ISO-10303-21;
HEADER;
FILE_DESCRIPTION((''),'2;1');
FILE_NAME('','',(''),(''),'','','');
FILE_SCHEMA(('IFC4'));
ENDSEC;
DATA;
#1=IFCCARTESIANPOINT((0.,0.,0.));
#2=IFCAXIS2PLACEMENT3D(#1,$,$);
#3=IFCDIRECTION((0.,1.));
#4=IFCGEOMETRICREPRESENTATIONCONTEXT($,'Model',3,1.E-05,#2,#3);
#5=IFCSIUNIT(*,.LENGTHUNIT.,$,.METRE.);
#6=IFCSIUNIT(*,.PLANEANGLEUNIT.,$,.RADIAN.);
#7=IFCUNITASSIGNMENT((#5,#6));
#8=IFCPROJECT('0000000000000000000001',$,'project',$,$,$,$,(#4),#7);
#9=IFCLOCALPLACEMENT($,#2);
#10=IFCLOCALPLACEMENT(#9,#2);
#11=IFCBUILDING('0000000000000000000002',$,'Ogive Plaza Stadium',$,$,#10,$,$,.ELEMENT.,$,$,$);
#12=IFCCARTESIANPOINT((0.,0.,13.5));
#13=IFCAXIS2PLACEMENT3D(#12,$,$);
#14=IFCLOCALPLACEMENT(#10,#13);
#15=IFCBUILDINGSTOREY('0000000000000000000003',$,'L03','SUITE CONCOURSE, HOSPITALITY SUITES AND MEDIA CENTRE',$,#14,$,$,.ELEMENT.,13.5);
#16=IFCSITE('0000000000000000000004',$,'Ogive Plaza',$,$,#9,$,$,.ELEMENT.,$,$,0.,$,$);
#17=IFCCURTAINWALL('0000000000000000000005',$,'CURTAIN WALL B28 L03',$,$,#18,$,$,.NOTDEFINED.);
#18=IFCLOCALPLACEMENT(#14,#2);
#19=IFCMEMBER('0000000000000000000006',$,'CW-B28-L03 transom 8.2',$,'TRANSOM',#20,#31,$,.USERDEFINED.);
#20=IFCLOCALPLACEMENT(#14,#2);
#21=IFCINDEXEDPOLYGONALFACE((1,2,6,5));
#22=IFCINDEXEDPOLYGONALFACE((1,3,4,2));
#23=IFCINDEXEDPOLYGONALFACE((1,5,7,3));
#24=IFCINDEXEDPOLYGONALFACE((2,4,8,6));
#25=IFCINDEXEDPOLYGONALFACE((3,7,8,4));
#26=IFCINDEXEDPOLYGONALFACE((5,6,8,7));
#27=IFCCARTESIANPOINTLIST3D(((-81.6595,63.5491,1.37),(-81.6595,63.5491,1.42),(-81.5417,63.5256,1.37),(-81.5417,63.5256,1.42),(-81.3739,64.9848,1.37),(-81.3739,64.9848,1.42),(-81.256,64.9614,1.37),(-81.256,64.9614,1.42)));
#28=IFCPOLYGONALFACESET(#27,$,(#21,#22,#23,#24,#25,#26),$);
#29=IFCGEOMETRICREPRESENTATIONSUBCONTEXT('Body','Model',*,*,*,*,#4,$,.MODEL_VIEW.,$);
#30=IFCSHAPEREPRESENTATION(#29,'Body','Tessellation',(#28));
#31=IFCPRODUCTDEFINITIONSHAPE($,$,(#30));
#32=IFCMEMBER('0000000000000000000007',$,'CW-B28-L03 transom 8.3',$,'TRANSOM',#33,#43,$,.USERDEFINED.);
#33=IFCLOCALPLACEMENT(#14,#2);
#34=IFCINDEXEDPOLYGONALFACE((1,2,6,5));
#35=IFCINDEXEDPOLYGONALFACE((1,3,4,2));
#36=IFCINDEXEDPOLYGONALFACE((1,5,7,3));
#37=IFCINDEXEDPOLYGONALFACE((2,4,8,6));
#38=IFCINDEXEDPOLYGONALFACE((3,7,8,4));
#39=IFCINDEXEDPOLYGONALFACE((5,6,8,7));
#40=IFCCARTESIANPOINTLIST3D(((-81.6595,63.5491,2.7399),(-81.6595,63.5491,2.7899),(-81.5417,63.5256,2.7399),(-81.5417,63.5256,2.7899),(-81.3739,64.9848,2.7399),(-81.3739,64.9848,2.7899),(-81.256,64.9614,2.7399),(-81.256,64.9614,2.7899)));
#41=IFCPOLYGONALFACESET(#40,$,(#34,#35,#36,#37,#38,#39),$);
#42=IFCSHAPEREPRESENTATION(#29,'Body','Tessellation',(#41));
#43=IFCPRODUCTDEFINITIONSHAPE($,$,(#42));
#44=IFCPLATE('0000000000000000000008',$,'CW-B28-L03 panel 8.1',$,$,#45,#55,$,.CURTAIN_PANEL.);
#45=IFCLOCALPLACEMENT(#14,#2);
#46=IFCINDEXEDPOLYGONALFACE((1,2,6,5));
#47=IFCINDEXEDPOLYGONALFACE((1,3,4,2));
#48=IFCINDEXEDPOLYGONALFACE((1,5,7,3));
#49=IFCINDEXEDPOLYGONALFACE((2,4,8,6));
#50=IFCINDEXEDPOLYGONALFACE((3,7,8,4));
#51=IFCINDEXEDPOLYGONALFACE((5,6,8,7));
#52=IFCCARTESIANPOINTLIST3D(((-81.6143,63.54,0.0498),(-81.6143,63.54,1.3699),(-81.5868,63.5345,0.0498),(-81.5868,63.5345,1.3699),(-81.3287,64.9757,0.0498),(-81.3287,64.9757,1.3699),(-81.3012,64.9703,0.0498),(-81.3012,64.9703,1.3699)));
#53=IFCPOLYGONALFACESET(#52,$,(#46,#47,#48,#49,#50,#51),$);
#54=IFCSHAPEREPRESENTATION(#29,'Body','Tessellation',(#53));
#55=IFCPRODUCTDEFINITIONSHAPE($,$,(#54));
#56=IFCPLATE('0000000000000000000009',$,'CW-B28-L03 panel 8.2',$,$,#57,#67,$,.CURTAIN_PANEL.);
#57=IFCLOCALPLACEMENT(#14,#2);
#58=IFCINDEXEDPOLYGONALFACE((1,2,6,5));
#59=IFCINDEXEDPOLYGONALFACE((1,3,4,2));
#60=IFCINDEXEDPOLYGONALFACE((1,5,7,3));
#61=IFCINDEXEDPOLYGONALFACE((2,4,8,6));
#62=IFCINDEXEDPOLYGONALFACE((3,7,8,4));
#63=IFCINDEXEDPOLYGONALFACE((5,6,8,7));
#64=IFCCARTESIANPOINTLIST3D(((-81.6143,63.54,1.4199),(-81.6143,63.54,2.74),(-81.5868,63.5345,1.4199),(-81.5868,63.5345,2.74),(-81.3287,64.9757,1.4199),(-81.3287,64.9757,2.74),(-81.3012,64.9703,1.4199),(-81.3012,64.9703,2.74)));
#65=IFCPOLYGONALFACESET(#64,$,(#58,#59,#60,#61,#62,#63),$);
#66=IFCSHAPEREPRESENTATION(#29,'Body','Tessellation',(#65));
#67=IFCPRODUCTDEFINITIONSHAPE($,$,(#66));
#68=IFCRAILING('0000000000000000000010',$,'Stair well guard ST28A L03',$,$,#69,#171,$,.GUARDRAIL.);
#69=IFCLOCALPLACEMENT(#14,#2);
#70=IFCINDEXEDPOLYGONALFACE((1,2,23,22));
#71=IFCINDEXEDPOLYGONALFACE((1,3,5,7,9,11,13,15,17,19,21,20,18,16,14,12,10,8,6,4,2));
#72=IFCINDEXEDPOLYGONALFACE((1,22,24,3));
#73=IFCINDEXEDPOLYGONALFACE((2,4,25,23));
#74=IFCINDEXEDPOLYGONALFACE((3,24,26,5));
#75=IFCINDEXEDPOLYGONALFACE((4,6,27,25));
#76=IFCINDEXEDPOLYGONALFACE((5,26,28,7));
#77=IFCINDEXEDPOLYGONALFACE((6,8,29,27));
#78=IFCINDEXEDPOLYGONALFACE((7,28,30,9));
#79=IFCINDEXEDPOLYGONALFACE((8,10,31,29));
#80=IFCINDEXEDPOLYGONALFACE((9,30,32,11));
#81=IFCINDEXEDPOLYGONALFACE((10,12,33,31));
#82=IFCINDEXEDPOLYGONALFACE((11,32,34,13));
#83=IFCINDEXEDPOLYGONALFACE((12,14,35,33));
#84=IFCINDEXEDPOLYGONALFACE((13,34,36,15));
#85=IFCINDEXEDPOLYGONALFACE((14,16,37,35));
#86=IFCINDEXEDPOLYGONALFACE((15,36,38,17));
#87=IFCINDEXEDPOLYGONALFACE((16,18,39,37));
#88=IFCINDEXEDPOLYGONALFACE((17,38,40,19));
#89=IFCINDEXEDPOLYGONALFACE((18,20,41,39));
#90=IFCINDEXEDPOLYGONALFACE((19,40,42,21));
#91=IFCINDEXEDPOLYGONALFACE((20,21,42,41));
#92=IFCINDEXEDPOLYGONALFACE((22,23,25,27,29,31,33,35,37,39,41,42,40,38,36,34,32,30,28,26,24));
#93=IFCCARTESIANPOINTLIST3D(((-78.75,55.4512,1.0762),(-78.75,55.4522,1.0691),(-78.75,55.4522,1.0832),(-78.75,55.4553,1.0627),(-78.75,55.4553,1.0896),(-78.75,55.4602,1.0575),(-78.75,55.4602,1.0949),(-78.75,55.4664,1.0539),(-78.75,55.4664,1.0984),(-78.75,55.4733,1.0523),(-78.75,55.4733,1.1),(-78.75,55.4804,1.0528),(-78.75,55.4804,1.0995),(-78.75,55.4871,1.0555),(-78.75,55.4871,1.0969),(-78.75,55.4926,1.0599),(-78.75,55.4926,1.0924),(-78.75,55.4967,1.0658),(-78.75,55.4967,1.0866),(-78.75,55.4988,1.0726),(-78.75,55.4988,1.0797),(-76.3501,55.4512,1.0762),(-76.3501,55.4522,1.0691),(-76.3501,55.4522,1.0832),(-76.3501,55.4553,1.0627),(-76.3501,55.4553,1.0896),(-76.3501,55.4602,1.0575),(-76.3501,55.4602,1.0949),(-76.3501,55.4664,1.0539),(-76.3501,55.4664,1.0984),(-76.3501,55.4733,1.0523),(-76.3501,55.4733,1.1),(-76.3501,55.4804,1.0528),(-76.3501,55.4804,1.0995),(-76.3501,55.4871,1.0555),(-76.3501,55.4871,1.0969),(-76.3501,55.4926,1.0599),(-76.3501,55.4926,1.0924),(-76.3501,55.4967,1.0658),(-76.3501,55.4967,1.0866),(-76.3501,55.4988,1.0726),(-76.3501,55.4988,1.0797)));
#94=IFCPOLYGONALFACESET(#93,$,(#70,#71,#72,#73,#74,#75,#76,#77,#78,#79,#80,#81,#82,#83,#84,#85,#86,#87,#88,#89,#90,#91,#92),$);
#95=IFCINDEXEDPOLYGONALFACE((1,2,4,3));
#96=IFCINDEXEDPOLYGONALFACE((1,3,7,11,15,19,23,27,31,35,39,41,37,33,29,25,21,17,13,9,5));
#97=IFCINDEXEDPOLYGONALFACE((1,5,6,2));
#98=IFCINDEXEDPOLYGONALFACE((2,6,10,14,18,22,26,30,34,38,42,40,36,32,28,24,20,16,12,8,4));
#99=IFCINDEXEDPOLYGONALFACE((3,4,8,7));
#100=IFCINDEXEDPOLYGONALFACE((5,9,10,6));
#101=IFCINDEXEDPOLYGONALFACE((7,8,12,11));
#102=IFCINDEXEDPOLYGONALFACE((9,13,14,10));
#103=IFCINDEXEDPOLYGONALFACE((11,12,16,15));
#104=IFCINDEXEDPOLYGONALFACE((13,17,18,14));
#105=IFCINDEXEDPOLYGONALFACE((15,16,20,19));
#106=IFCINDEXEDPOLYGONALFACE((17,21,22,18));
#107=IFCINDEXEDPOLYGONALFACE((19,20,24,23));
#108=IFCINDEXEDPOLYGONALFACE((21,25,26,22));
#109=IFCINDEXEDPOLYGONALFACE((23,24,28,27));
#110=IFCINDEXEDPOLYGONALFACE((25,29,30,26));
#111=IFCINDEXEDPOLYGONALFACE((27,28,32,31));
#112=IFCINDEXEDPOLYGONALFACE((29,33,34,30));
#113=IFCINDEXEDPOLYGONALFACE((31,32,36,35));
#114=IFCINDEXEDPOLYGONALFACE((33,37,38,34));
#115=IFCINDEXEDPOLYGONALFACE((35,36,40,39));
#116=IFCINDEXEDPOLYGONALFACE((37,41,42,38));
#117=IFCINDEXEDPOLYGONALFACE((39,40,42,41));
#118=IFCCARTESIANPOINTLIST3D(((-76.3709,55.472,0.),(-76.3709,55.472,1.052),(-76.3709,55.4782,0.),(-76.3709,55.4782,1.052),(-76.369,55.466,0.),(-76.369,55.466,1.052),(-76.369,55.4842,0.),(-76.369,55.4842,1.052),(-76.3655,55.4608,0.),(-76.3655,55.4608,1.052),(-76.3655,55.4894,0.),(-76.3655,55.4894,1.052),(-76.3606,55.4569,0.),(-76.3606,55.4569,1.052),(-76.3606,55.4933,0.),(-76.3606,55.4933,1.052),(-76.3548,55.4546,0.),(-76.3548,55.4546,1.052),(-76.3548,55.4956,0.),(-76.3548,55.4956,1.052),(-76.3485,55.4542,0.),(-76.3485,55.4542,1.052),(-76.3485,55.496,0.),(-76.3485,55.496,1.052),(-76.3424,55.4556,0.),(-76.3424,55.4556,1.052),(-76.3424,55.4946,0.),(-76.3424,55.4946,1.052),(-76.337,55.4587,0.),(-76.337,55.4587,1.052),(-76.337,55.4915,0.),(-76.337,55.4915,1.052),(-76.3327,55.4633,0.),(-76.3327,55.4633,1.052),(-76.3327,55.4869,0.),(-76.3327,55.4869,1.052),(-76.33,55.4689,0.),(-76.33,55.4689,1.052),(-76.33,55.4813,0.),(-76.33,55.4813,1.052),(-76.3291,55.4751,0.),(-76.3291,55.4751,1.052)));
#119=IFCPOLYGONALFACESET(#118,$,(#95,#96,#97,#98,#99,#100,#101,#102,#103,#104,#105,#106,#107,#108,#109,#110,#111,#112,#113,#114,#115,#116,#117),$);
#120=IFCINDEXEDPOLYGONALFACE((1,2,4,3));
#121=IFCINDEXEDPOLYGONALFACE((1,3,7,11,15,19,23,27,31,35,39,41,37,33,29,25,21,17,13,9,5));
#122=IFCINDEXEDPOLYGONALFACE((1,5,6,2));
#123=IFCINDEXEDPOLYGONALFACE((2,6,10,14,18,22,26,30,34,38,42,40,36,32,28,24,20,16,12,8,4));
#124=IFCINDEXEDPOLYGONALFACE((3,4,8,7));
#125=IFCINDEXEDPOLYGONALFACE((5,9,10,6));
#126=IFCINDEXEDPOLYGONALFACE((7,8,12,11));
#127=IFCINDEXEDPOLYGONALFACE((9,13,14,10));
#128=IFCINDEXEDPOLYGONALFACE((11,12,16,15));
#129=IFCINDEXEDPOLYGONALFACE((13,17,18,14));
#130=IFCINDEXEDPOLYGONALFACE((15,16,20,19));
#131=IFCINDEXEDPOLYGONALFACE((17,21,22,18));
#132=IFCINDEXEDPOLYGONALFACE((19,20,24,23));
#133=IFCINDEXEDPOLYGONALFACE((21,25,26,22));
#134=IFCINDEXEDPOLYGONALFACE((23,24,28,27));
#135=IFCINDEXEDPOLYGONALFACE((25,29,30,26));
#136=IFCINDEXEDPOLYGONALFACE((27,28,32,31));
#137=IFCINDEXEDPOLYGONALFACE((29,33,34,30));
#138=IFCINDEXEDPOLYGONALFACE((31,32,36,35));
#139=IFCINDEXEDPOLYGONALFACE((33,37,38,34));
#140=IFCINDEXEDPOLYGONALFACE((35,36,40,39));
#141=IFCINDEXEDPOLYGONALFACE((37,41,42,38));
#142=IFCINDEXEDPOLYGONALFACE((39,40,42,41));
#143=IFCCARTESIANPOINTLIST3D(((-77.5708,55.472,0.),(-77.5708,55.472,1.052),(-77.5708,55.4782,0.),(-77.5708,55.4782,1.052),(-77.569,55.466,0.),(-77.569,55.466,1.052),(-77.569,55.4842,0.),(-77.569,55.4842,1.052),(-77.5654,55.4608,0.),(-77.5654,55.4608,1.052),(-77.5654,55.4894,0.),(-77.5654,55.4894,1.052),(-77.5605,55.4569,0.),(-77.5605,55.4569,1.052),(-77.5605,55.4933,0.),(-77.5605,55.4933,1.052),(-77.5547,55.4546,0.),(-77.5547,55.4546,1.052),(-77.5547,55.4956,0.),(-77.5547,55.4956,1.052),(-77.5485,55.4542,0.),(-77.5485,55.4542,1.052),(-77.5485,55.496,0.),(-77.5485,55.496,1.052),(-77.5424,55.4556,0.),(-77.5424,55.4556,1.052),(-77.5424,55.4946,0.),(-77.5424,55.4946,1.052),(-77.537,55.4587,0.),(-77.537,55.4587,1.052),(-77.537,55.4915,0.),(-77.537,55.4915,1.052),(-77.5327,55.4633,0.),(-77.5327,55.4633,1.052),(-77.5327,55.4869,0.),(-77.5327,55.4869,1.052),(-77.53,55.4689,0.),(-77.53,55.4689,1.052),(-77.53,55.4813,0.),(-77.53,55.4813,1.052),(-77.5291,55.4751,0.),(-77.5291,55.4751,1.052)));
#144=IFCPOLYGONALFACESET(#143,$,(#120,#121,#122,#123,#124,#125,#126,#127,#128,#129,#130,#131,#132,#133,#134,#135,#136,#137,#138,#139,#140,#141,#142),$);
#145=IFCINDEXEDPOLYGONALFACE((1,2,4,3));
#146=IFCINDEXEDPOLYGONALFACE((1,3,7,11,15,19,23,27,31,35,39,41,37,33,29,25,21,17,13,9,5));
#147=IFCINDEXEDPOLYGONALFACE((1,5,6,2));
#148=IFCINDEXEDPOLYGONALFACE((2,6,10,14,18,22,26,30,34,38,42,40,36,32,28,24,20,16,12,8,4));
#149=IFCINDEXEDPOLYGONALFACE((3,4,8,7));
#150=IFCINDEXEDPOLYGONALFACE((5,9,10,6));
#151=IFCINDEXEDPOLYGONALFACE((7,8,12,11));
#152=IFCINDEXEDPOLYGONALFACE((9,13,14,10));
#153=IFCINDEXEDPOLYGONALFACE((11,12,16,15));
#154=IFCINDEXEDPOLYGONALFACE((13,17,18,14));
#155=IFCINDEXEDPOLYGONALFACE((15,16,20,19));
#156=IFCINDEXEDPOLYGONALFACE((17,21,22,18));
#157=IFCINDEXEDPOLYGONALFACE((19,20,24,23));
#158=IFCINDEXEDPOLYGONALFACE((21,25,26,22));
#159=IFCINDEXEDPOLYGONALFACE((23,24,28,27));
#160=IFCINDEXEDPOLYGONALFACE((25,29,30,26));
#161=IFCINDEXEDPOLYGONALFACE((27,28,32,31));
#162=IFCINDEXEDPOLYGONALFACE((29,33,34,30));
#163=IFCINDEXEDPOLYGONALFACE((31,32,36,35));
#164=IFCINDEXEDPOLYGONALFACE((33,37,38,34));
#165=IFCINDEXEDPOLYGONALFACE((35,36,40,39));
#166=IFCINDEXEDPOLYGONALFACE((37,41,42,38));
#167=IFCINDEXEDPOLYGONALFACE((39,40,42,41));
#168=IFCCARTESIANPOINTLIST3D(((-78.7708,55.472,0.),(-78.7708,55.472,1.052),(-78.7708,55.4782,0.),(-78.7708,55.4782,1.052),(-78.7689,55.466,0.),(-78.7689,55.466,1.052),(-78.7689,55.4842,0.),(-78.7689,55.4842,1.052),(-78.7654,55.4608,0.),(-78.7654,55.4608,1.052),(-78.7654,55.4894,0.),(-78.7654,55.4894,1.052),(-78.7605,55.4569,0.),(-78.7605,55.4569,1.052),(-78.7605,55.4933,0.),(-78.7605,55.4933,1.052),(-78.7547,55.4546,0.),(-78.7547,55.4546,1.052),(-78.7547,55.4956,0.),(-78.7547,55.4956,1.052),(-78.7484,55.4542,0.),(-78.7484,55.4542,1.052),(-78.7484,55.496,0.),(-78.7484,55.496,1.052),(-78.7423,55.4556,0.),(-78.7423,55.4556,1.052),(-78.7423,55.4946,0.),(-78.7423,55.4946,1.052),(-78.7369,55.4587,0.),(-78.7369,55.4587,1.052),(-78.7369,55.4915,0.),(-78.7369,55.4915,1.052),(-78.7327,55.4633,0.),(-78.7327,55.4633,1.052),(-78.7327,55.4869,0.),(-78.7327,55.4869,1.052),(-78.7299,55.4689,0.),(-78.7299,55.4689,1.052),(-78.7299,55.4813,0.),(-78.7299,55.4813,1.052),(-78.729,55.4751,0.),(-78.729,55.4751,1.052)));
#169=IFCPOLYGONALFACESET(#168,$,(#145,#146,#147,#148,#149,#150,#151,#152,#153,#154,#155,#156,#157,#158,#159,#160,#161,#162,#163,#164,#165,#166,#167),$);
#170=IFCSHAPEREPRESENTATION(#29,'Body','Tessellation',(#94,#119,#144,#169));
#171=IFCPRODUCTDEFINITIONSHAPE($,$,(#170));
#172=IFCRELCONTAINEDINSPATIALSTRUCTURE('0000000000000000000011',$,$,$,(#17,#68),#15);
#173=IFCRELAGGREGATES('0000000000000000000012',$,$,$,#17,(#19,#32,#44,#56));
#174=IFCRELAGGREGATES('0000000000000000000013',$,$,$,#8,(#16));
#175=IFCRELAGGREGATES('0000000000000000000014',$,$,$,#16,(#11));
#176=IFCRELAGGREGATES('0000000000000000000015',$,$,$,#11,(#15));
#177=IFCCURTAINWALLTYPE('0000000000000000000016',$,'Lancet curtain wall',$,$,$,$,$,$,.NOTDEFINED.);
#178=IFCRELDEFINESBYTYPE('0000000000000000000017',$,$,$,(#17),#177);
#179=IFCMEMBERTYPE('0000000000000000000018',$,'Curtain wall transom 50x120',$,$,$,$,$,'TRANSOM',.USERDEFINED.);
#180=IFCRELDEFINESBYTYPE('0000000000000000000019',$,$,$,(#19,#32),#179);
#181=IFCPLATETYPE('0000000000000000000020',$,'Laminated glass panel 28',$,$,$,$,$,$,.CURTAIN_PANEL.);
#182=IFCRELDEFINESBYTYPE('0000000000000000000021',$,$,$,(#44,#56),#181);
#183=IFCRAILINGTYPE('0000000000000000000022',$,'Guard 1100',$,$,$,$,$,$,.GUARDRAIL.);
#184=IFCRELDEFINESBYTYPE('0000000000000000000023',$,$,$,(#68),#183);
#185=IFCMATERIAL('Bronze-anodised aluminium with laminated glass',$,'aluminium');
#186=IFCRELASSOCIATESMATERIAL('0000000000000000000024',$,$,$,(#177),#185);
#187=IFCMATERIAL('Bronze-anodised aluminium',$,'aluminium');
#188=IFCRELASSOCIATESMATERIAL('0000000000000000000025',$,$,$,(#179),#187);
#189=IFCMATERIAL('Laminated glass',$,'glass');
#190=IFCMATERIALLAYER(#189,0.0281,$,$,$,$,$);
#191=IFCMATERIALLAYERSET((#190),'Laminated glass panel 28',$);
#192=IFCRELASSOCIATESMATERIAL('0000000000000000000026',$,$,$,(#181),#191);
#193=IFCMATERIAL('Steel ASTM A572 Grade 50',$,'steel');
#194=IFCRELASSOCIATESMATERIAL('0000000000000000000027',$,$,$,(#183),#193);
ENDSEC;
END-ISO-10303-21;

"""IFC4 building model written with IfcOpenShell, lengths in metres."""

from ifc_helpers import new_model, si_unit, direction, frame, origin, origin_2d, place, context, subcontext, project, spatial, rectangle, circle, extrude, material, layer, layer_set, material_profile, profile_set, type_object, element, aggregate, save


model = new_model("IFC4")

# Units and contexts
model_context = context("Model", 3, precision=1e-05, world=origin(), true_north=direction((0.0, 1.0)))
body_context = subcontext(model_context, "Body", "Model", "MODEL_VIEW")
ifc_project = project(units=[si_unit("LENGTHUNIT", "METRE"), si_unit("PLANEANGLEUNIT", "RADIAN")], contexts=[model_context])

# Site, building, storey
site_placement = place(None, origin())
site = spatial("IfcSite", under=ifc_project, at=site_placement, Name="Ogive Plaza", CompositionType="ELEMENT", RefElevation=0.0)
building_placement = place(site_placement, origin())
building = spatial("IfcBuilding", under=site, at=building_placement, Name="Ogive Plaza Stadium", CompositionType="ELEMENT")
storey_placement = place(building_placement, frame((0.0, 0.0, 13.5)))
storey = spatial("IfcBuildingStorey", under=building, at=storey_placement, Name="L03", Description="SUITE CONCOURSE, HOSPITALITY SUITES AND MEDIA CENTRE", CompositionType="ELEMENT", Elevation=13.5)

# Curtain wall, members, plates
ifc_material_1 = material(Name="Bronze-anodised aluminium with laminated glass", Category="aluminium")
curtain_wall_type = type_object("IfcCurtainWallType", Name="Lancet curtain wall", PredefinedType="NOTDEFINED", material=ifc_material_1)
curtain_wall_placement = place(storey_placement, origin())
curtain_wall = element("IfcCurtainWall", 1, at=curtain_wall_placement, inside=storey, type_object=curtain_wall_type, Name="CURTAIN WALL B28 L03", PredefinedType="NOTDEFINED")
ifc_material_2 = material(Name="Bronze-anodised aluminium", Category="aluminium")
ifc_material_profile = material_profile(ifc_material_2, rectangle(XDim=0.1201, YDim=0.05, at=origin_2d()), Name="AL 120x50")
ifc_profile_set = profile_set([ifc_material_profile], Name="Bronze-anodised aluminium")
member_type = type_object("IfcMemberType", Name="Curtain wall transom 50x120", ElementType="TRANSOM", PredefinedType="USERDEFINED", material=ifc_profile_set)
member_1_placement = place(storey_placement, frame((-81.6006, 63.5374, 1.395), z_axis=(0.195122, 0.980779, 0.0), x_axis=(-0.980779, 0.195122, 0.0)))
member_1 = element("IfcMember", 2, at=member_1_placement, type_object=member_type, Name="CW-B28-L03 transom 8.2", ObjectType="TRANSOM", PredefinedType="USERDEFINED", context=body_context, shape_type="SweptSolid", body=[
    extrude(rectangle(XDim=0.1201, YDim=0.05, at=origin_2d()), origin(), (0.0, 0.0, 1.0), 1.4639),
])
member_2_placement = place(storey_placement, frame((-81.6006, 63.5374, 2.7649), z_axis=(0.195122, 0.980779, 0.0), x_axis=(-0.980779, 0.195122, 0.0)))
member_2 = element("IfcMember", 3, at=member_2_placement, type_object=member_type, Name="CW-B28-L03 transom 8.3", ObjectType="TRANSOM", PredefinedType="USERDEFINED", context=body_context, shape_type="SweptSolid", body=[
    extrude(rectangle(XDim=0.1201, YDim=0.05, at=origin_2d()), origin(), (0.0, 0.0, 1.0), 1.4639),
])
ifc_material_3 = material(Name="Laminated glass", Category="glass")
ifc_layer = layer(ifc_material_3, 0.0281)
ifc_layer_set = layer_set([ifc_layer], Name="Laminated glass panel 28")
plate_type = type_object("IfcPlateType", Name="Laminated glass panel 28", PredefinedType="CURTAIN_PANEL", material=ifc_layer_set)
plate_1_placement = place(storey_placement, frame((-81.4578, 64.2551, 0.0498), z_axis=(0.0, 0.0, 1.0), x_axis=(0.19509, 0.980785, 0.0)))
plate_1 = element("IfcPlate", 4, at=plate_1_placement, type_object=plate_type, Name="CW-B28-L03 panel 8.1", PredefinedType="CURTAIN_PANEL", context=body_context, shape_type="SweptSolid", body=[
    extrude(rectangle(XDim=1.4639, YDim=0.0281, at=origin_2d()), origin(), (0.0, 0.0, 1.0), 1.3201),
])
plate_2_placement = place(storey_placement, frame((-81.4578, 64.2551, 1.4199), z_axis=(0.0, 0.0, 1.0), x_axis=(0.19509, 0.980785, 0.0)))
plate_2 = element("IfcPlate", 5, at=plate_2_placement, type_object=plate_type, Name="CW-B28-L03 panel 8.2", PredefinedType="CURTAIN_PANEL", context=body_context, shape_type="SweptSolid", body=[
    extrude(rectangle(XDim=1.4639, YDim=0.0281, at=origin_2d()), origin(), (0.0, 0.0, 1.0), 1.3201),
])
aggregate(curtain_wall, [member_1, member_2, plate_1, plate_2])

# Railing
ifc_material_4 = material(Name="Steel ASTM A572 Grade 50", Category="steel")
railing_type_1 = type_object("IfcRailingType", Name="Guard 1100", PredefinedType="GUARDRAIL", material=ifc_material_4)
for number, where, name in (
    (6, (-76.3501, 55.4751, 0.0), "Stair well guard ST28A L03"),
):
    element("IfcRailing", number, at=place(storey_placement, frame(where)), inside=storey, type_object=railing_type_1, Name=name, PredefinedType="GUARDRAIL", context=body_context, shape_type="SweptSolid", body=[
        extrude(circle(Radius=0.0239, at=origin_2d()), frame((0.0, 0.0, 1.0762), z_axis=(-1.0, 0.0, 0.0), x_axis=(0.0, -1.0, 0.0)), (0.0, 0.0, 1.0), 2.3999),
        extrude(circle(Radius=0.021, at=origin_2d()), origin(), (0.0, 0.0, 1.0), 1.052),
        extrude(circle(Radius=0.021, at=origin_2d()), frame((-1.2, 0.0, 0.0)), (0.0, 0.0, 1.0), 1.052),
        extrude(circle(Radius=0.021, at=origin_2d()), frame((-2.3999, 0.0, 0.0)), (0.0, 0.0, 1.0), 1.052),
    ])

save(model, "model.ifc")
